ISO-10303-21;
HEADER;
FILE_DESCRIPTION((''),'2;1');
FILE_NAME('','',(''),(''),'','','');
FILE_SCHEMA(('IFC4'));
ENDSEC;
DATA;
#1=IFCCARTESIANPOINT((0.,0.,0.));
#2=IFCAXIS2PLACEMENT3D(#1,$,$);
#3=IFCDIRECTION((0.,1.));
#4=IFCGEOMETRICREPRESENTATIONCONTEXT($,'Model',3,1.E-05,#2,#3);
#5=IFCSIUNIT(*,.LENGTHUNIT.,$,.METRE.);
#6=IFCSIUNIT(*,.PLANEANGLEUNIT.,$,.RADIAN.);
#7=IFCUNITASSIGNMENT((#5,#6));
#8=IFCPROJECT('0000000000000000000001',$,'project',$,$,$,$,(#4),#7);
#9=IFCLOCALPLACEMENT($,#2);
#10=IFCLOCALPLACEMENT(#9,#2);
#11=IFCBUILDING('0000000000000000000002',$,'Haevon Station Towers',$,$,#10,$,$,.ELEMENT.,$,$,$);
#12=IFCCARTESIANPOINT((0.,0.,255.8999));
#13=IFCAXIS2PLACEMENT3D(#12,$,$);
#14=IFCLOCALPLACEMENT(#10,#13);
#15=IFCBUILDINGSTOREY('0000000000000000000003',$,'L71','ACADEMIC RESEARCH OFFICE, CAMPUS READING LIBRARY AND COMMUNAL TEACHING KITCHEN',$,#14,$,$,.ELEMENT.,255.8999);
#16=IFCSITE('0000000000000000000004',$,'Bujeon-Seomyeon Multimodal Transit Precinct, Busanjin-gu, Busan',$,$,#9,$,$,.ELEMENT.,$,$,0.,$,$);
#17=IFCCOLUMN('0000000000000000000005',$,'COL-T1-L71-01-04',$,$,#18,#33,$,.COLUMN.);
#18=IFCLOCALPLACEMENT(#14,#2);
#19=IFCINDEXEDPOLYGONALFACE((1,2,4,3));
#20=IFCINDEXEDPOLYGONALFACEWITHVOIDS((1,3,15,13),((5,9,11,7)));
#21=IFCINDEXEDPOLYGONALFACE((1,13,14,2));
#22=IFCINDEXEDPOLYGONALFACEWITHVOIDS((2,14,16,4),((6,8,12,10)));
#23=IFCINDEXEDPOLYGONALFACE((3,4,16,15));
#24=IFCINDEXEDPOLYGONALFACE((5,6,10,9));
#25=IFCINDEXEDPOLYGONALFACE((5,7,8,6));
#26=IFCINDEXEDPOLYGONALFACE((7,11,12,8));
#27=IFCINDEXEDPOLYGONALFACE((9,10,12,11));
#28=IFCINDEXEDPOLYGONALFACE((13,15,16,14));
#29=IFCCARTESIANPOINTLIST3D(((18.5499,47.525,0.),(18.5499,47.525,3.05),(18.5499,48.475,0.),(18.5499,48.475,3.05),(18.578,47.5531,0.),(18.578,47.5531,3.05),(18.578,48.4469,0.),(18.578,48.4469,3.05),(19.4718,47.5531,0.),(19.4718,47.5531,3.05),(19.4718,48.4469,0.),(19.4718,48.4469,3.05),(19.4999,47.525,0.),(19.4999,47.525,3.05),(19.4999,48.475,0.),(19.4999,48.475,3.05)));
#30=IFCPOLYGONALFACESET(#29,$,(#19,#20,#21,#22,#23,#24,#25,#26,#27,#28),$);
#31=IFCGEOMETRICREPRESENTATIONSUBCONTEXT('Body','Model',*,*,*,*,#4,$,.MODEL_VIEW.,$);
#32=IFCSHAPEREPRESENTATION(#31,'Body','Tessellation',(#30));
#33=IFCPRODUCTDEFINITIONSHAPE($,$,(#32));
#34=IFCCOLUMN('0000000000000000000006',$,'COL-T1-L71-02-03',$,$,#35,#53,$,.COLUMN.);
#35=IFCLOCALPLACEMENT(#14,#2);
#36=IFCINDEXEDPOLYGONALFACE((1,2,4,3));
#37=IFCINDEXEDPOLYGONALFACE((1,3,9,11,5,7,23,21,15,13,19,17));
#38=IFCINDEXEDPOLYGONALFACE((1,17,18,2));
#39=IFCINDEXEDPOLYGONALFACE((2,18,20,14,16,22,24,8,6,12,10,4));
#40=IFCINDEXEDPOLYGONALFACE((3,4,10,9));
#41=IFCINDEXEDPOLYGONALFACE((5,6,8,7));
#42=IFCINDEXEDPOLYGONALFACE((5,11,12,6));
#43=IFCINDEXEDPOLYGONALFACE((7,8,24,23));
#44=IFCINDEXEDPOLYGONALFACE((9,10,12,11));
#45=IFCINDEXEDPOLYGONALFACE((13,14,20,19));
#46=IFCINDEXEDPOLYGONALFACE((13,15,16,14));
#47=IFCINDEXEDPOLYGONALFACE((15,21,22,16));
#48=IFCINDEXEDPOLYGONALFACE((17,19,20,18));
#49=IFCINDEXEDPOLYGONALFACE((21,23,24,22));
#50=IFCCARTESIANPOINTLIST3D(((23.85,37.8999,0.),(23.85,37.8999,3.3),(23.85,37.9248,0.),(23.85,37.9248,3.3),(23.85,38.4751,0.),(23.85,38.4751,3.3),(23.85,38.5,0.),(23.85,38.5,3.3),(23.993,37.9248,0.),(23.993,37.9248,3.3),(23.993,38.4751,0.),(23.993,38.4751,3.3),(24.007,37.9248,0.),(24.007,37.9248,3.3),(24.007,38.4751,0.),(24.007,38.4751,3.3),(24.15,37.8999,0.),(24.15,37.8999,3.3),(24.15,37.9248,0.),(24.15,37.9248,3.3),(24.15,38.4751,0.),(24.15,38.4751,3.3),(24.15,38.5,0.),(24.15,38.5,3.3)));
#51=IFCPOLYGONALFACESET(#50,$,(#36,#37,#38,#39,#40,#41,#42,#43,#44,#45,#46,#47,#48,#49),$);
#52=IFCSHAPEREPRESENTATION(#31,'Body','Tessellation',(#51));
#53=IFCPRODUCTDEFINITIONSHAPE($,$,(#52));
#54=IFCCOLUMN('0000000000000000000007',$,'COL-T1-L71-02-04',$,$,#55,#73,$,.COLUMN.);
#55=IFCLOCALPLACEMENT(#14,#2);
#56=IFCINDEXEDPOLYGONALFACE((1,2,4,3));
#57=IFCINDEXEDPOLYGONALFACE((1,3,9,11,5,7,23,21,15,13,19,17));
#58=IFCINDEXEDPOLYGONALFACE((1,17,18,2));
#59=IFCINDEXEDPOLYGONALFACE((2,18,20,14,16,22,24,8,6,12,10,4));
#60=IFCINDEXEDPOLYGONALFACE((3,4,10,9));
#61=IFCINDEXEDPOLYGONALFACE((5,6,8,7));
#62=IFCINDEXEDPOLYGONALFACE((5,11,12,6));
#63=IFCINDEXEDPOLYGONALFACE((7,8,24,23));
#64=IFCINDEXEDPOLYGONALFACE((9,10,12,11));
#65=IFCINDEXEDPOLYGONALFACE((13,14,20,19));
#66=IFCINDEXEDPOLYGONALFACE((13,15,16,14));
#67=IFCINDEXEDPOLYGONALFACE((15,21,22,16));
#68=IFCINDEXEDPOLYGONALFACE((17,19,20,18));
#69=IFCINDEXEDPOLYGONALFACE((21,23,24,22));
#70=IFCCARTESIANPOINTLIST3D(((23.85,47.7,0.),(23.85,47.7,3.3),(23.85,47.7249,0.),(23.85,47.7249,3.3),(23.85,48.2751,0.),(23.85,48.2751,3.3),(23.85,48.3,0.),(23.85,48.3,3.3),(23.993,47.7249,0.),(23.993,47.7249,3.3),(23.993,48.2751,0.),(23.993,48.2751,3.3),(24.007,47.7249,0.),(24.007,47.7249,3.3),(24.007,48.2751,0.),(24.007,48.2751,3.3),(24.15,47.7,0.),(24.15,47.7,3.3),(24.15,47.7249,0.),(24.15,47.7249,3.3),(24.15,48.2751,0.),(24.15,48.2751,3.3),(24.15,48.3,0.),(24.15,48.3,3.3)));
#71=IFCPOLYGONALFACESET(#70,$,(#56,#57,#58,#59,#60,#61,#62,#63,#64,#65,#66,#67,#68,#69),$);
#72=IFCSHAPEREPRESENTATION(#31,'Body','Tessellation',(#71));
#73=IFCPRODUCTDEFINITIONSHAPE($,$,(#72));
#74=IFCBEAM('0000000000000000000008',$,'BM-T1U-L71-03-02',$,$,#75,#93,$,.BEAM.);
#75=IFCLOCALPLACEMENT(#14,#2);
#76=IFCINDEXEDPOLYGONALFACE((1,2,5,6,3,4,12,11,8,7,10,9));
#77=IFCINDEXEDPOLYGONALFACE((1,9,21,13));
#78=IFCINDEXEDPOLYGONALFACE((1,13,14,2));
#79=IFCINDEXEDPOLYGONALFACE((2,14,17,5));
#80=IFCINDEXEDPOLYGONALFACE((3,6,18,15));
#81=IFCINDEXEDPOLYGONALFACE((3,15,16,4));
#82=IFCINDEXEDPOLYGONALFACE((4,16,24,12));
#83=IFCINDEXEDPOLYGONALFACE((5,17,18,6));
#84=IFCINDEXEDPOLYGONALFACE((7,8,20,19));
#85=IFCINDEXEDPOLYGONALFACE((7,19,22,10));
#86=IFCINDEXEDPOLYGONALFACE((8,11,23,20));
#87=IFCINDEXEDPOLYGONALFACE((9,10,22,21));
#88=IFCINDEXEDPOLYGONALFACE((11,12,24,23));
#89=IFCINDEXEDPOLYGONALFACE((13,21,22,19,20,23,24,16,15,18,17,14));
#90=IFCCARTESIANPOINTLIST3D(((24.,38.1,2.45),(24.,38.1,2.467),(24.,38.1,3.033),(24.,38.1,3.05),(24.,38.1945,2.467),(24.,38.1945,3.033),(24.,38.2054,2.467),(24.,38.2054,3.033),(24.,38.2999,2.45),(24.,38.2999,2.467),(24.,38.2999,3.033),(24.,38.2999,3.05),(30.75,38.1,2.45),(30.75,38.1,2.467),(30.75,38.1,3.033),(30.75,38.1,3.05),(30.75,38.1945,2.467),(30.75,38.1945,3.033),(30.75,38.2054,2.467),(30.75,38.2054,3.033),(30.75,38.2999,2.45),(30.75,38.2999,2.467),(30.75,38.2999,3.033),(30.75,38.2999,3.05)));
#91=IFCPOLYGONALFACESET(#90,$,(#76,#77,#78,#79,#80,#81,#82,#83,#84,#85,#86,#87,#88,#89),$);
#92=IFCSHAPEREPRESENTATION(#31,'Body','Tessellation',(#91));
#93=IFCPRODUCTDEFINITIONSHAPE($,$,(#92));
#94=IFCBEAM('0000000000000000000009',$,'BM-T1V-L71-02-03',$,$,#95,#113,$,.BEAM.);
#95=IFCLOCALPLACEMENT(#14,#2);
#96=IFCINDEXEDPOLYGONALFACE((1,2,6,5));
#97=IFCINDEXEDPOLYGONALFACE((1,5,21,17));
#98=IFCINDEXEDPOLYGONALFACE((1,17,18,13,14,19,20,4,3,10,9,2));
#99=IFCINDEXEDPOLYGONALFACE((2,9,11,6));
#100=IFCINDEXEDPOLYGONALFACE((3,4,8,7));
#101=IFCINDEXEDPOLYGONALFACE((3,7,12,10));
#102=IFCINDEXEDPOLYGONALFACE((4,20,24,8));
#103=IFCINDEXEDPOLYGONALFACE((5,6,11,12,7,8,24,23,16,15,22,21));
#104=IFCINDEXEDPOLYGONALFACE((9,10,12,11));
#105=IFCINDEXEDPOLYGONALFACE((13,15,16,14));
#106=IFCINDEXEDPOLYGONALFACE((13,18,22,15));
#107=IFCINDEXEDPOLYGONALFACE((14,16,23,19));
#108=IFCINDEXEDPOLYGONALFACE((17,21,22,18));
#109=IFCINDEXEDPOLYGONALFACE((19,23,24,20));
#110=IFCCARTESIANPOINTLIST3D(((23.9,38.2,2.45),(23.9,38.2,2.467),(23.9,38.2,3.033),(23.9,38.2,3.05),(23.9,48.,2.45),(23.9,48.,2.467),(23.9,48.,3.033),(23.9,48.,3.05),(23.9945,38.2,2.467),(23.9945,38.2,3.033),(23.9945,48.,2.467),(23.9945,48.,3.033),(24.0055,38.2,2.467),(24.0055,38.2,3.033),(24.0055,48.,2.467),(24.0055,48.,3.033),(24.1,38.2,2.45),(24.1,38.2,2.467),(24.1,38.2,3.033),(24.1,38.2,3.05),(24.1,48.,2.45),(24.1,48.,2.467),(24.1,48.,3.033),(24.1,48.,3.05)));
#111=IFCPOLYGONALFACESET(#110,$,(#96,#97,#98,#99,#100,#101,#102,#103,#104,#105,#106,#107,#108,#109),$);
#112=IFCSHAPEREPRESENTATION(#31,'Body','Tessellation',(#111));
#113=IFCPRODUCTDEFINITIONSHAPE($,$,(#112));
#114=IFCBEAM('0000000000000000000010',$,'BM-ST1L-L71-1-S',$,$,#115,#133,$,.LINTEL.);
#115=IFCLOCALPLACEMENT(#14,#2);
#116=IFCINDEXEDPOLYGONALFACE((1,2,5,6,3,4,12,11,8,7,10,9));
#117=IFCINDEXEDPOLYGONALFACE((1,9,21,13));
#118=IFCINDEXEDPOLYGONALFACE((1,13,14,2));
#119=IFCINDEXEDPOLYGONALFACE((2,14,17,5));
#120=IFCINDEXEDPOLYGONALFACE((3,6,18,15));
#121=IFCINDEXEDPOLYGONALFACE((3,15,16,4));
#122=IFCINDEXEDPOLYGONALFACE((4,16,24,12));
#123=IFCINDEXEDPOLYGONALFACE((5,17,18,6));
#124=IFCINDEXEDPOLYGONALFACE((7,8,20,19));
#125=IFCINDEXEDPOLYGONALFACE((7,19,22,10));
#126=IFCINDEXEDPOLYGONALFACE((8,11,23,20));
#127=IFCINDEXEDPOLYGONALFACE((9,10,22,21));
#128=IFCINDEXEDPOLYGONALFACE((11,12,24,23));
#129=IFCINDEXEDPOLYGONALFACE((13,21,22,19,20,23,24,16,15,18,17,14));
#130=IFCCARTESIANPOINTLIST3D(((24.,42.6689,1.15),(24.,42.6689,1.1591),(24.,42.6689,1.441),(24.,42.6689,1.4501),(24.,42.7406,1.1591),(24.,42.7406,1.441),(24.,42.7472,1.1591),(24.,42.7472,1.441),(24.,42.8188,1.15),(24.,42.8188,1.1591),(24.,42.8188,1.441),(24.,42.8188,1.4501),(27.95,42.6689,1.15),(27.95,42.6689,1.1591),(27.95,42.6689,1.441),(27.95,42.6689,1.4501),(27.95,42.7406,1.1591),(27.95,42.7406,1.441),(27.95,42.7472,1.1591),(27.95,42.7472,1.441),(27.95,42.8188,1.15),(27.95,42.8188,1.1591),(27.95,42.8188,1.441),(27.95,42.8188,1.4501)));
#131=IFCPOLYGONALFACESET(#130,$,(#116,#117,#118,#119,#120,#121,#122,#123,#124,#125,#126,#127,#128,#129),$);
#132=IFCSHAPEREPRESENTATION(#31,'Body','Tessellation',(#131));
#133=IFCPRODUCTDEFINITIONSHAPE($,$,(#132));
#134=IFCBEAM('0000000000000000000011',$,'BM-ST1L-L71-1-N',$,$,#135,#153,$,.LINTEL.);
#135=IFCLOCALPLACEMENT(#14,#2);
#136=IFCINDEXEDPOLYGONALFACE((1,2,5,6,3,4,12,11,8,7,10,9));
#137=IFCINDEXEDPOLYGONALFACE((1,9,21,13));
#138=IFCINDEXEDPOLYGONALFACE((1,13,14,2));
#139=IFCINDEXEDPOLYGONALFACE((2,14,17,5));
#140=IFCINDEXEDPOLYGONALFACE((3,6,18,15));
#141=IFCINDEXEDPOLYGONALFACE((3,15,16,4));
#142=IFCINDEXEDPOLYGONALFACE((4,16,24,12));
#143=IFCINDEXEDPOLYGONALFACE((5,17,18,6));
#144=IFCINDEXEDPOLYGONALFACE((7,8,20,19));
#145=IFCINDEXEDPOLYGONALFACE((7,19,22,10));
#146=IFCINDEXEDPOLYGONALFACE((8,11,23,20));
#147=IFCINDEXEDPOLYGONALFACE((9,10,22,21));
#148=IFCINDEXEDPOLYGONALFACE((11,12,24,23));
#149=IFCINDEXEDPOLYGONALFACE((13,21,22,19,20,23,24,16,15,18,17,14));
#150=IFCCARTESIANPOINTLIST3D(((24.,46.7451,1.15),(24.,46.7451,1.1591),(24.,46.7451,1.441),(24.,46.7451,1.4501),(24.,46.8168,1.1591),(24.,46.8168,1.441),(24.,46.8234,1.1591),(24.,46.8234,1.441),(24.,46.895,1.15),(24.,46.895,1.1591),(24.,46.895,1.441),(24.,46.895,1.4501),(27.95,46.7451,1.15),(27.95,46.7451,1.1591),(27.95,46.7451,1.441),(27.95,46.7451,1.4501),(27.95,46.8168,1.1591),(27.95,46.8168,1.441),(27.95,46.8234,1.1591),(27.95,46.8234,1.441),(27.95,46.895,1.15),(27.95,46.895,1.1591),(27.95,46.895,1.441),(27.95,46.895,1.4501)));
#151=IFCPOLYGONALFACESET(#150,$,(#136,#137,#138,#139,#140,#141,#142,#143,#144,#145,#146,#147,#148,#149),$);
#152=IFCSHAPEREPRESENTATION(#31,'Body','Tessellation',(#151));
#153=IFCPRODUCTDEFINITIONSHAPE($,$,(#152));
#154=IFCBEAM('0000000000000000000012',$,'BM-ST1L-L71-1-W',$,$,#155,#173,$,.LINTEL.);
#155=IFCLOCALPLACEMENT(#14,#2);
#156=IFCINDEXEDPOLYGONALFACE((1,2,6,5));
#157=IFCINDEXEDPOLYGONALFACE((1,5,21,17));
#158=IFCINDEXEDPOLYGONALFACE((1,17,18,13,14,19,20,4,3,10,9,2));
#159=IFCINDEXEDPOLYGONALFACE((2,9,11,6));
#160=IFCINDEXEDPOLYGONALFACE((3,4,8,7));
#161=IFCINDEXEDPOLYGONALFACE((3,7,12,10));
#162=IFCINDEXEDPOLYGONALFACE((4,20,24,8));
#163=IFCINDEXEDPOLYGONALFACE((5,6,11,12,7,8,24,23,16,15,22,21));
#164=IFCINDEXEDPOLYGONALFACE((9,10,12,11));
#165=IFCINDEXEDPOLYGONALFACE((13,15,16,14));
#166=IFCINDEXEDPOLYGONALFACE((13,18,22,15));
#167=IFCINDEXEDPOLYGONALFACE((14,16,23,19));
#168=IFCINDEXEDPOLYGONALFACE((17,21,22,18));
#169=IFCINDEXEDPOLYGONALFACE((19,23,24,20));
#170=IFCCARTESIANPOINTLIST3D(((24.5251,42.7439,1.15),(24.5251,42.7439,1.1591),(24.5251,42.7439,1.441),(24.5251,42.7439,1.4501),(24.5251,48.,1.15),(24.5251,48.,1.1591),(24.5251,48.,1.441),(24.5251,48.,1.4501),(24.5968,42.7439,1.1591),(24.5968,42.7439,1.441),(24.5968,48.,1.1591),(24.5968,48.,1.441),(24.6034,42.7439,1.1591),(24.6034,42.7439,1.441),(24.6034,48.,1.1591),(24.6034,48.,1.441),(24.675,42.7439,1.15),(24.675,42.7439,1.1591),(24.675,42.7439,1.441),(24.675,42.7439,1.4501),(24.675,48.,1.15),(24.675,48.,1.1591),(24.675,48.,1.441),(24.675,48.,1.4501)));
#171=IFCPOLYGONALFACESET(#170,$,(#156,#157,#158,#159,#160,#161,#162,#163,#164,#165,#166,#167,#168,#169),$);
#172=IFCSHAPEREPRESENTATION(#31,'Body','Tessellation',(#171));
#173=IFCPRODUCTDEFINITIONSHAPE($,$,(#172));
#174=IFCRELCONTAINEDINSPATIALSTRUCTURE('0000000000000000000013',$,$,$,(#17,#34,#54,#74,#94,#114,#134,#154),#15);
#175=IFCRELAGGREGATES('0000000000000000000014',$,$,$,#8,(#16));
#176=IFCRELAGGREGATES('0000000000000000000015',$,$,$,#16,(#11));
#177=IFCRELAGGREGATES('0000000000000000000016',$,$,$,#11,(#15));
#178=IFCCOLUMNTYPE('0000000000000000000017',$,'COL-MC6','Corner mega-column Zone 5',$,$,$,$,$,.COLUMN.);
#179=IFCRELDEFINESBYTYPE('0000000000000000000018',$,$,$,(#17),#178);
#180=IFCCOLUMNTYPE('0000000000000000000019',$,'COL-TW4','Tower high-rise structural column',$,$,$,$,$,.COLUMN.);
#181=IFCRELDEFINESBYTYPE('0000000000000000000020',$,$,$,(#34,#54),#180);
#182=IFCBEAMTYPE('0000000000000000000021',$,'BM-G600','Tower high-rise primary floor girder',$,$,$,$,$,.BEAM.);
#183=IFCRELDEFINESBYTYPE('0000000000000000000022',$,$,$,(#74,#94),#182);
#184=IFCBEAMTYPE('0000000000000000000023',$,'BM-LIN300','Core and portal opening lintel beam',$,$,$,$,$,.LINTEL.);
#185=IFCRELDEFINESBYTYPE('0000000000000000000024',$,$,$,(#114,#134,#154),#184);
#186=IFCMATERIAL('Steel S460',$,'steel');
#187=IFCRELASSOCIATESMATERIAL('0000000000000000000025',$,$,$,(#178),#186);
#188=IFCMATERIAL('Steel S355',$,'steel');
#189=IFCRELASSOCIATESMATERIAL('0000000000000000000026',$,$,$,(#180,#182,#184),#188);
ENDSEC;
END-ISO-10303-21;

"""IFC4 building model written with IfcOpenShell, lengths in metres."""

from ifc_helpers import new_model, si_unit, direction, frame, origin, origin_2d, place, context, subcontext, project, spatial, hollow_rectangle, i_section, extrude, material, material_profile, profile_set, type_object, element, save


model = new_model("IFC4")

# Units and contexts
model_context = context("Model", 3, precision=1e-05, world=origin(), true_north=direction((0.0, 1.0)))
body_context = subcontext(model_context, "Body", "Model", "MODEL_VIEW")
ifc_project = project(units=[si_unit("LENGTHUNIT", "METRE"), si_unit("PLANEANGLEUNIT", "RADIAN")], contexts=[model_context])

# Site, building, storey
site_placement = place(None, origin())
site = spatial("IfcSite", under=ifc_project, at=site_placement, Name="Bujeon-Seomyeon Multimodal Transit Precinct, Busanjin-gu, Busan", CompositionType="ELEMENT", RefElevation=0.0)
building_placement = place(site_placement, origin())
building = spatial("IfcBuilding", under=site, at=building_placement, Name="Haevon Station Towers", CompositionType="ELEMENT")
storey_placement = place(building_placement, frame((0.0, 0.0, 255.8999)))
storey = spatial("IfcBuildingStorey", under=building, at=storey_placement, Name="L71", Description="ACADEMIC RESEARCH OFFICE, CAMPUS READING LIBRARY AND COMMUNAL TEACHING KITCHEN", CompositionType="ELEMENT", Elevation=255.8999)

# Columns
ifc_material_1 = material(Name="Steel S460", Category="steel")
ifc_material_profile_1 = material_profile(ifc_material_1, hollow_rectangle(XDim=0.95, YDim=0.95, WallThickness=0.0281, at=origin_2d()), Name="BOX-950x950x28")
ifc_profile_set_1 = profile_set([ifc_material_profile_1], Name="Steel S460")
column_type_1 = type_object("IfcColumnType", Name="COL-MC6", Description="Corner mega-column Zone 5", PredefinedType="COLUMN", material=ifc_profile_set_1)
column_placement = place(storey_placement, frame((19.0249, 48.0, 0.0), z_axis=(0.0, 0.0, 1.0), x_axis=(1.0, 0.0, 0.0)))
element("IfcColumn", 1, at=column_placement, inside=storey, type_object=column_type_1, Name="COL-T1-L71-01-04", PredefinedType="COLUMN", context=body_context, shape_type="SweptSolid", body=[
    extrude(hollow_rectangle(XDim=0.95, YDim=0.95, WallThickness=0.0281, at=origin_2d()), origin(), (0.0, 0.0, 1.0), 3.05),
])
ifc_material_2 = material(Name="Steel S355", Category="steel")
ifc_material_profile_2 = material_profile(ifc_material_2, i_section(OverallWidth=0.3, OverallDepth=0.6001, WebThickness=0.0139, FlangeThickness=0.0249, at=origin_2d()), Name="H-600x300x14x25")
ifc_profile_set_2 = profile_set([ifc_material_profile_2], Name="Steel S355")
column_type_2 = type_object("IfcColumnType", Name="COL-TW4", Description="Tower high-rise structural column", PredefinedType="COLUMN", material=ifc_profile_set_2)
for number, where, z_axis, x_axis, name in (
    (2, (24.0, 38.2, 0.0), (0.0, 0.0, 1.0), (1.0, 0.0, 0.0), "COL-T1-L71-02-03"),
    (3, (24.0, 48.0, 0.0), (0.0, 0.0, 1.0), (1.0, 0.0, 0.0), "COL-T1-L71-02-04"),
):
    element("IfcColumn", number, at=place(storey_placement, frame(where, z_axis=z_axis, x_axis=x_axis)), inside=storey, type_object=column_type_2, Name=name, PredefinedType="COLUMN", context=body_context, shape_type="SweptSolid", body=[
        extrude(i_section(OverallWidth=0.3, OverallDepth=0.6001, WebThickness=0.0139, FlangeThickness=0.0249, at=origin_2d()), origin(), (0.0, 0.0, 1.0), 3.3),
    ])

# Beams
ifc_material_profile_3 = material_profile(ifc_material_2, i_section(OverallWidth=0.2, OverallDepth=0.6001, WebThickness=0.011, FlangeThickness=0.0171, at=origin_2d()), Name="H-600x200x11x17")
ifc_profile_set_3 = profile_set([ifc_material_profile_3], Name="Steel S355")
beam_type_1 = type_object("IfcBeamType", Name="BM-G600", Description="Tower high-rise primary floor girder", PredefinedType="BEAM", material=ifc_profile_set_3)
beam_1_placement = place(storey_placement, frame((24.0, 38.2, 2.75), z_axis=(1.0, 0.0, 0.0), x_axis=(0.0, 1.0, 0.0)))
element("IfcBeam", 4, at=beam_1_placement, inside=storey, type_object=beam_type_1, Name="BM-T1U-L71-03-02", PredefinedType="BEAM", context=body_context, shape_type="SweptSolid", body=[
    extrude(i_section(OverallWidth=0.2, OverallDepth=0.6001, WebThickness=0.011, FlangeThickness=0.0171, at=origin_2d()), origin(), (0.0, 0.0, 1.0), 6.75),
])
beam_2_placement = place(storey_placement, frame((24.0, 38.2, 2.75), z_axis=(0.0, 1.0, 0.0), x_axis=(-1.0, 0.0, 0.0)))
element("IfcBeam", 5, at=beam_2_placement, inside=storey, type_object=beam_type_1, Name="BM-T1V-L71-02-03", PredefinedType="BEAM", context=body_context, shape_type="SweptSolid", body=[
    extrude(i_section(OverallWidth=0.2, OverallDepth=0.6001, WebThickness=0.011, FlangeThickness=0.0171, at=origin_2d()), origin(), (0.0, 0.0, 1.0), 9.8),
])
ifc_material_profile_4 = material_profile(ifc_material_2, i_section(OverallWidth=0.1499, OverallDepth=0.3, WebThickness=0.0066, FlangeThickness=0.009, at=origin_2d()), Name="H-300x150x6.5x9")
ifc_profile_set_4 = profile_set([ifc_material_profile_4], Name="Steel S355")
beam_type_2 = type_object("IfcBeamType", Name="BM-LIN300", Description="Core and portal opening lintel beam", PredefinedType="LINTEL", material=ifc_profile_set_4)
for number, where, z_axis, x_axis, name in (
    (6, (24.0, 42.7439, 1.3), (1.0, 0.0, 0.0), (0.0, 1.0, 0.0), "BM-ST1L-L71-1-S"),
    (7, (24.0, 46.8201, 1.3), (1.0, 0.0, 0.0), (0.0, 1.0, 0.0), "BM-ST1L-L71-1-N"),
):
    element("IfcBeam", number, at=place(storey_placement, frame(where, z_axis=z_axis, x_axis=x_axis)), inside=storey, type_object=beam_type_2, Name=name, PredefinedType="LINTEL", context=body_context, shape_type="SweptSolid", body=[
        extrude(i_section(OverallWidth=0.1499, OverallDepth=0.3, WebThickness=0.0066, FlangeThickness=0.009, at=origin_2d()), origin(), (0.0, 0.0, 1.0), 3.95),
    ])
beam_3_placement = place(storey_placement, frame((24.6001, 42.7439, 1.3), z_axis=(0.0, 1.0, 0.0), x_axis=(-1.0, 0.0, 0.0)))
element("IfcBeam", 8, at=beam_3_placement, inside=storey, type_object=beam_type_2, Name="BM-ST1L-L71-1-W", PredefinedType="LINTEL", context=body_context, shape_type="SweptSolid", body=[
    extrude(i_section(OverallWidth=0.1499, OverallDepth=0.3, WebThickness=0.0066, FlangeThickness=0.009, at=origin_2d()), origin(), (0.0, 0.0, 1.0), 5.2561),
])

save(model, "model.ifc")
